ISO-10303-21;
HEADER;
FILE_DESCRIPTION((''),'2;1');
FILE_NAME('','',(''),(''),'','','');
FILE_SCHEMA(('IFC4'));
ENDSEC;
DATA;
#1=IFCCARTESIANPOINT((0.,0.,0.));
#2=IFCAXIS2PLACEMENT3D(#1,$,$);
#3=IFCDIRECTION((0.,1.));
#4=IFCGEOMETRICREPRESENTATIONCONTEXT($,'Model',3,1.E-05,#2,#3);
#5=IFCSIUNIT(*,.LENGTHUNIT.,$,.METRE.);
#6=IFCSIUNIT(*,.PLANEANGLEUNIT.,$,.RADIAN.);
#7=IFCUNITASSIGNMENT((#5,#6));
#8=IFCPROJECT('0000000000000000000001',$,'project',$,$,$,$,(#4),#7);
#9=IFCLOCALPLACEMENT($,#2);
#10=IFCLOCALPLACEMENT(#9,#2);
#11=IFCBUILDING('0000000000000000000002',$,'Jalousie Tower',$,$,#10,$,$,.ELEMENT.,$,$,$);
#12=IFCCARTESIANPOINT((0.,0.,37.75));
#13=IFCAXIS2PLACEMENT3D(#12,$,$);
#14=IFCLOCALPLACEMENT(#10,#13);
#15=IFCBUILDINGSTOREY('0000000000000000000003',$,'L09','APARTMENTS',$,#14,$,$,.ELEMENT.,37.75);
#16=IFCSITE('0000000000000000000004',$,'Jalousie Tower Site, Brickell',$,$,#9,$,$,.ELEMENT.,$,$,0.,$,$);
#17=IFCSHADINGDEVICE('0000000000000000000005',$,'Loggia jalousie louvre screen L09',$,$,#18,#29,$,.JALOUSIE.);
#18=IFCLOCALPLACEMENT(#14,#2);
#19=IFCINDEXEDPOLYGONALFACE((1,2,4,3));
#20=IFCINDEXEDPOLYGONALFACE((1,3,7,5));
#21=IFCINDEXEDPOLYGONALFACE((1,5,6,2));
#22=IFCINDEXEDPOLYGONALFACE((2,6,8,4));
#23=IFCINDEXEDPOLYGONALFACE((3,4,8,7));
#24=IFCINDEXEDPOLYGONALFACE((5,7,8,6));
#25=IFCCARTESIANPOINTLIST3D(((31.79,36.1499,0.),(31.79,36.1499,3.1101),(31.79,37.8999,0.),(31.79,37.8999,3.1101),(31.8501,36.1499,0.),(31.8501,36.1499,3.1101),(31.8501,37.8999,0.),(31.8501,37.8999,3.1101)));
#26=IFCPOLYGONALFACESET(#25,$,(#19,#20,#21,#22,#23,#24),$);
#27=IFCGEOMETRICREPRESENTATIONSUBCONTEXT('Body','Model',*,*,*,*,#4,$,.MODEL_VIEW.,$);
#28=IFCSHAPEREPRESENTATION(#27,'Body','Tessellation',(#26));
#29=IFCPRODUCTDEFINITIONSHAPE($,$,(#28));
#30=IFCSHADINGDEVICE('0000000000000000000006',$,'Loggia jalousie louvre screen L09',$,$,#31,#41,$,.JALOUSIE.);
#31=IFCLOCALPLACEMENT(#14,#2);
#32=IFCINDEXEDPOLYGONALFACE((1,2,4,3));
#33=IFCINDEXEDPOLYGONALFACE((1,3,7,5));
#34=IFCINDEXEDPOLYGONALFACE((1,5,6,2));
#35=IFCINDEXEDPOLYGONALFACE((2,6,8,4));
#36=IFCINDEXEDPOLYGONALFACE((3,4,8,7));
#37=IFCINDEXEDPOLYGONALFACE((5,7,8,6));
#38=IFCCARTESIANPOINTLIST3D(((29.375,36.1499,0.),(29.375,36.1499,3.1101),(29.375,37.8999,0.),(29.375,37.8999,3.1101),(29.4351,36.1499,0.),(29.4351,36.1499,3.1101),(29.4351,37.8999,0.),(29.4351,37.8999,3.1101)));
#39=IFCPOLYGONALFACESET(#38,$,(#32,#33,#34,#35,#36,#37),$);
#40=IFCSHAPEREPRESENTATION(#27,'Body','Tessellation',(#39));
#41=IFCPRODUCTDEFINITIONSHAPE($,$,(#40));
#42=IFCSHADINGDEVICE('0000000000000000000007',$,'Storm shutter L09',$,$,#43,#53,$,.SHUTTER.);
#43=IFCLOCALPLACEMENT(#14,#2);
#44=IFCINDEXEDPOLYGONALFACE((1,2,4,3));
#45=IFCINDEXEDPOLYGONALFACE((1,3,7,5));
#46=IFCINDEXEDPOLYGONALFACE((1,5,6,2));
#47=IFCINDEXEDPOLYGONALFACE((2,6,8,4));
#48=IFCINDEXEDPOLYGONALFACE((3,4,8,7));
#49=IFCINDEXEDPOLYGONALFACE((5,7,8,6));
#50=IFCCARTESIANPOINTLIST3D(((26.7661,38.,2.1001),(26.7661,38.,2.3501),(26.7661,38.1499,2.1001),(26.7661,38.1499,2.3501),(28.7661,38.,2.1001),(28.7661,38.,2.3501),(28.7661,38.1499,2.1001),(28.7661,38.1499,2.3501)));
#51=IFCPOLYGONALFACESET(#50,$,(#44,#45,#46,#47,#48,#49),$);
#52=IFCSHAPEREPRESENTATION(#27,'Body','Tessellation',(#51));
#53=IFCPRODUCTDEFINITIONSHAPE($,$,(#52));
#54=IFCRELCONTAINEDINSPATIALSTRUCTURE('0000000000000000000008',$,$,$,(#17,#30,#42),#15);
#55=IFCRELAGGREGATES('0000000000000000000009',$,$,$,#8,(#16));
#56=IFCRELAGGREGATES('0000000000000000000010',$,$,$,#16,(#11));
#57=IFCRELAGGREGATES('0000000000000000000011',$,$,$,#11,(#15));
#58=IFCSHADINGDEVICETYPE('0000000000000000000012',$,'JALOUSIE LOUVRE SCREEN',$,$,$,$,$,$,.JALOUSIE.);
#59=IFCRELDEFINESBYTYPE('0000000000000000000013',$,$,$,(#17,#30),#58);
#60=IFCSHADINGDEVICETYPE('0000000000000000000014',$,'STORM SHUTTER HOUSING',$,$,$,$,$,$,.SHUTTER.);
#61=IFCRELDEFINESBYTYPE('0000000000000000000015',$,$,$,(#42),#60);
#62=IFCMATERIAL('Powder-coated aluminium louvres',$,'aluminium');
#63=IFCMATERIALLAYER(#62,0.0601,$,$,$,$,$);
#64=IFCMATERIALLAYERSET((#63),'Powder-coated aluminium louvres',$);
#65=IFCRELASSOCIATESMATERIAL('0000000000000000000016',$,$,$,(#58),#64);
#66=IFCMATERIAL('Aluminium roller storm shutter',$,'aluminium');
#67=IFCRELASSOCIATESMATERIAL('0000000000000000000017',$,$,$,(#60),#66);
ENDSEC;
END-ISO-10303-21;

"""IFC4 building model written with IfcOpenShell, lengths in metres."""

from ifc_helpers import new_model, si_unit, direction, frame, origin, origin_2d, place, context, subcontext, project, spatial, rectangle, extrude, material, layer, layer_set, type_object, element, save


model = new_model("IFC4")

# Units and contexts
model_context = context("Model", 3, precision=1e-05, world=origin(), true_north=direction((0.0, 1.0)))
body_context = subcontext(model_context, "Body", "Model", "MODEL_VIEW")
ifc_project = project(units=[si_unit("LENGTHUNIT", "METRE"), si_unit("PLANEANGLEUNIT", "RADIAN")], contexts=[model_context])

# Site, building, storey
site_placement = place(None, origin())
site = spatial("IfcSite", under=ifc_project, at=site_placement, Name="Jalousie Tower Site, Brickell", CompositionType="ELEMENT", RefElevation=0.0)
building_placement = place(site_placement, origin())
building = spatial("IfcBuilding", under=site, at=building_placement, Name="Jalousie Tower", CompositionType="ELEMENT")
storey_placement = place(building_placement, frame((0.0, 0.0, 37.75)))
storey = spatial("IfcBuildingStorey", under=building, at=storey_placement, Name="L09", Description="APARTMENTS", CompositionType="ELEMENT", Elevation=37.75)

# Shading devices
ifc_material_1 = material(Name="Powder-coated aluminium louvres", Category="aluminium")
ifc_layer_1 = layer(ifc_material_1, 0.0601)
ifc_layer_set_1 = layer_set([ifc_layer_1], Name="Powder-coated aluminium louvres")
shading_device_type_1 = type_object("IfcShadingDeviceType", Name="JALOUSIE LOUVRE SCREEN", PredefinedType="JALOUSIE", material=ifc_layer_set_1)
for number, where, z_axis, x_axis, name in (
    (1, (31.8201, 37.0249, 0.0), (0.0, 0.0, 1.0), (-1.0, 0.0, 0.0), "Loggia jalousie louvre screen L09"),
    (2, (29.405, 37.0249, 0.0), (0.0, 0.0, 1.0), (-1.0, 0.0, 0.0), "Loggia jalousie louvre screen L09"),
):
    element("IfcShadingDevice", number, at=place(storey_placement, frame(where, z_axis=z_axis, x_axis=x_axis)), inside=storey, type_object=shading_device_type_1, Name=name, PredefinedType="JALOUSIE", context=body_context, shape_type="SweptSolid", body=[
        extrude(rectangle(XDim=0.0601, YDim=1.75, at=origin_2d()), origin(), (0.0, 0.0, 1.0), 3.1101),
    ])
ifc_material_2 = material(Name="Aluminium roller storm shutter", Category="aluminium")
shading_device_type_2 = type_object("IfcShadingDeviceType", Name="STORM SHUTTER HOUSING", PredefinedType="SHUTTER", material=ifc_material_2)
shading_device_placement = place(storey_placement, frame((27.7661, 38.075, 2.1001), z_axis=(0.0, 0.0, 1.0), x_axis=(-1.0, 0.0, 0.0)))
element("IfcShadingDevice", 3, at=shading_device_placement, inside=storey, type_object=shading_device_type_2, Name="Storm shutter L09", PredefinedType="SHUTTER", context=body_context, shape_type="SweptSolid", body=[
    extrude(rectangle(XDim=2.0, YDim=0.1499, at=origin_2d()), origin(), (0.0, 0.0, 1.0), 0.25),
])

save(model, "model.ifc")
